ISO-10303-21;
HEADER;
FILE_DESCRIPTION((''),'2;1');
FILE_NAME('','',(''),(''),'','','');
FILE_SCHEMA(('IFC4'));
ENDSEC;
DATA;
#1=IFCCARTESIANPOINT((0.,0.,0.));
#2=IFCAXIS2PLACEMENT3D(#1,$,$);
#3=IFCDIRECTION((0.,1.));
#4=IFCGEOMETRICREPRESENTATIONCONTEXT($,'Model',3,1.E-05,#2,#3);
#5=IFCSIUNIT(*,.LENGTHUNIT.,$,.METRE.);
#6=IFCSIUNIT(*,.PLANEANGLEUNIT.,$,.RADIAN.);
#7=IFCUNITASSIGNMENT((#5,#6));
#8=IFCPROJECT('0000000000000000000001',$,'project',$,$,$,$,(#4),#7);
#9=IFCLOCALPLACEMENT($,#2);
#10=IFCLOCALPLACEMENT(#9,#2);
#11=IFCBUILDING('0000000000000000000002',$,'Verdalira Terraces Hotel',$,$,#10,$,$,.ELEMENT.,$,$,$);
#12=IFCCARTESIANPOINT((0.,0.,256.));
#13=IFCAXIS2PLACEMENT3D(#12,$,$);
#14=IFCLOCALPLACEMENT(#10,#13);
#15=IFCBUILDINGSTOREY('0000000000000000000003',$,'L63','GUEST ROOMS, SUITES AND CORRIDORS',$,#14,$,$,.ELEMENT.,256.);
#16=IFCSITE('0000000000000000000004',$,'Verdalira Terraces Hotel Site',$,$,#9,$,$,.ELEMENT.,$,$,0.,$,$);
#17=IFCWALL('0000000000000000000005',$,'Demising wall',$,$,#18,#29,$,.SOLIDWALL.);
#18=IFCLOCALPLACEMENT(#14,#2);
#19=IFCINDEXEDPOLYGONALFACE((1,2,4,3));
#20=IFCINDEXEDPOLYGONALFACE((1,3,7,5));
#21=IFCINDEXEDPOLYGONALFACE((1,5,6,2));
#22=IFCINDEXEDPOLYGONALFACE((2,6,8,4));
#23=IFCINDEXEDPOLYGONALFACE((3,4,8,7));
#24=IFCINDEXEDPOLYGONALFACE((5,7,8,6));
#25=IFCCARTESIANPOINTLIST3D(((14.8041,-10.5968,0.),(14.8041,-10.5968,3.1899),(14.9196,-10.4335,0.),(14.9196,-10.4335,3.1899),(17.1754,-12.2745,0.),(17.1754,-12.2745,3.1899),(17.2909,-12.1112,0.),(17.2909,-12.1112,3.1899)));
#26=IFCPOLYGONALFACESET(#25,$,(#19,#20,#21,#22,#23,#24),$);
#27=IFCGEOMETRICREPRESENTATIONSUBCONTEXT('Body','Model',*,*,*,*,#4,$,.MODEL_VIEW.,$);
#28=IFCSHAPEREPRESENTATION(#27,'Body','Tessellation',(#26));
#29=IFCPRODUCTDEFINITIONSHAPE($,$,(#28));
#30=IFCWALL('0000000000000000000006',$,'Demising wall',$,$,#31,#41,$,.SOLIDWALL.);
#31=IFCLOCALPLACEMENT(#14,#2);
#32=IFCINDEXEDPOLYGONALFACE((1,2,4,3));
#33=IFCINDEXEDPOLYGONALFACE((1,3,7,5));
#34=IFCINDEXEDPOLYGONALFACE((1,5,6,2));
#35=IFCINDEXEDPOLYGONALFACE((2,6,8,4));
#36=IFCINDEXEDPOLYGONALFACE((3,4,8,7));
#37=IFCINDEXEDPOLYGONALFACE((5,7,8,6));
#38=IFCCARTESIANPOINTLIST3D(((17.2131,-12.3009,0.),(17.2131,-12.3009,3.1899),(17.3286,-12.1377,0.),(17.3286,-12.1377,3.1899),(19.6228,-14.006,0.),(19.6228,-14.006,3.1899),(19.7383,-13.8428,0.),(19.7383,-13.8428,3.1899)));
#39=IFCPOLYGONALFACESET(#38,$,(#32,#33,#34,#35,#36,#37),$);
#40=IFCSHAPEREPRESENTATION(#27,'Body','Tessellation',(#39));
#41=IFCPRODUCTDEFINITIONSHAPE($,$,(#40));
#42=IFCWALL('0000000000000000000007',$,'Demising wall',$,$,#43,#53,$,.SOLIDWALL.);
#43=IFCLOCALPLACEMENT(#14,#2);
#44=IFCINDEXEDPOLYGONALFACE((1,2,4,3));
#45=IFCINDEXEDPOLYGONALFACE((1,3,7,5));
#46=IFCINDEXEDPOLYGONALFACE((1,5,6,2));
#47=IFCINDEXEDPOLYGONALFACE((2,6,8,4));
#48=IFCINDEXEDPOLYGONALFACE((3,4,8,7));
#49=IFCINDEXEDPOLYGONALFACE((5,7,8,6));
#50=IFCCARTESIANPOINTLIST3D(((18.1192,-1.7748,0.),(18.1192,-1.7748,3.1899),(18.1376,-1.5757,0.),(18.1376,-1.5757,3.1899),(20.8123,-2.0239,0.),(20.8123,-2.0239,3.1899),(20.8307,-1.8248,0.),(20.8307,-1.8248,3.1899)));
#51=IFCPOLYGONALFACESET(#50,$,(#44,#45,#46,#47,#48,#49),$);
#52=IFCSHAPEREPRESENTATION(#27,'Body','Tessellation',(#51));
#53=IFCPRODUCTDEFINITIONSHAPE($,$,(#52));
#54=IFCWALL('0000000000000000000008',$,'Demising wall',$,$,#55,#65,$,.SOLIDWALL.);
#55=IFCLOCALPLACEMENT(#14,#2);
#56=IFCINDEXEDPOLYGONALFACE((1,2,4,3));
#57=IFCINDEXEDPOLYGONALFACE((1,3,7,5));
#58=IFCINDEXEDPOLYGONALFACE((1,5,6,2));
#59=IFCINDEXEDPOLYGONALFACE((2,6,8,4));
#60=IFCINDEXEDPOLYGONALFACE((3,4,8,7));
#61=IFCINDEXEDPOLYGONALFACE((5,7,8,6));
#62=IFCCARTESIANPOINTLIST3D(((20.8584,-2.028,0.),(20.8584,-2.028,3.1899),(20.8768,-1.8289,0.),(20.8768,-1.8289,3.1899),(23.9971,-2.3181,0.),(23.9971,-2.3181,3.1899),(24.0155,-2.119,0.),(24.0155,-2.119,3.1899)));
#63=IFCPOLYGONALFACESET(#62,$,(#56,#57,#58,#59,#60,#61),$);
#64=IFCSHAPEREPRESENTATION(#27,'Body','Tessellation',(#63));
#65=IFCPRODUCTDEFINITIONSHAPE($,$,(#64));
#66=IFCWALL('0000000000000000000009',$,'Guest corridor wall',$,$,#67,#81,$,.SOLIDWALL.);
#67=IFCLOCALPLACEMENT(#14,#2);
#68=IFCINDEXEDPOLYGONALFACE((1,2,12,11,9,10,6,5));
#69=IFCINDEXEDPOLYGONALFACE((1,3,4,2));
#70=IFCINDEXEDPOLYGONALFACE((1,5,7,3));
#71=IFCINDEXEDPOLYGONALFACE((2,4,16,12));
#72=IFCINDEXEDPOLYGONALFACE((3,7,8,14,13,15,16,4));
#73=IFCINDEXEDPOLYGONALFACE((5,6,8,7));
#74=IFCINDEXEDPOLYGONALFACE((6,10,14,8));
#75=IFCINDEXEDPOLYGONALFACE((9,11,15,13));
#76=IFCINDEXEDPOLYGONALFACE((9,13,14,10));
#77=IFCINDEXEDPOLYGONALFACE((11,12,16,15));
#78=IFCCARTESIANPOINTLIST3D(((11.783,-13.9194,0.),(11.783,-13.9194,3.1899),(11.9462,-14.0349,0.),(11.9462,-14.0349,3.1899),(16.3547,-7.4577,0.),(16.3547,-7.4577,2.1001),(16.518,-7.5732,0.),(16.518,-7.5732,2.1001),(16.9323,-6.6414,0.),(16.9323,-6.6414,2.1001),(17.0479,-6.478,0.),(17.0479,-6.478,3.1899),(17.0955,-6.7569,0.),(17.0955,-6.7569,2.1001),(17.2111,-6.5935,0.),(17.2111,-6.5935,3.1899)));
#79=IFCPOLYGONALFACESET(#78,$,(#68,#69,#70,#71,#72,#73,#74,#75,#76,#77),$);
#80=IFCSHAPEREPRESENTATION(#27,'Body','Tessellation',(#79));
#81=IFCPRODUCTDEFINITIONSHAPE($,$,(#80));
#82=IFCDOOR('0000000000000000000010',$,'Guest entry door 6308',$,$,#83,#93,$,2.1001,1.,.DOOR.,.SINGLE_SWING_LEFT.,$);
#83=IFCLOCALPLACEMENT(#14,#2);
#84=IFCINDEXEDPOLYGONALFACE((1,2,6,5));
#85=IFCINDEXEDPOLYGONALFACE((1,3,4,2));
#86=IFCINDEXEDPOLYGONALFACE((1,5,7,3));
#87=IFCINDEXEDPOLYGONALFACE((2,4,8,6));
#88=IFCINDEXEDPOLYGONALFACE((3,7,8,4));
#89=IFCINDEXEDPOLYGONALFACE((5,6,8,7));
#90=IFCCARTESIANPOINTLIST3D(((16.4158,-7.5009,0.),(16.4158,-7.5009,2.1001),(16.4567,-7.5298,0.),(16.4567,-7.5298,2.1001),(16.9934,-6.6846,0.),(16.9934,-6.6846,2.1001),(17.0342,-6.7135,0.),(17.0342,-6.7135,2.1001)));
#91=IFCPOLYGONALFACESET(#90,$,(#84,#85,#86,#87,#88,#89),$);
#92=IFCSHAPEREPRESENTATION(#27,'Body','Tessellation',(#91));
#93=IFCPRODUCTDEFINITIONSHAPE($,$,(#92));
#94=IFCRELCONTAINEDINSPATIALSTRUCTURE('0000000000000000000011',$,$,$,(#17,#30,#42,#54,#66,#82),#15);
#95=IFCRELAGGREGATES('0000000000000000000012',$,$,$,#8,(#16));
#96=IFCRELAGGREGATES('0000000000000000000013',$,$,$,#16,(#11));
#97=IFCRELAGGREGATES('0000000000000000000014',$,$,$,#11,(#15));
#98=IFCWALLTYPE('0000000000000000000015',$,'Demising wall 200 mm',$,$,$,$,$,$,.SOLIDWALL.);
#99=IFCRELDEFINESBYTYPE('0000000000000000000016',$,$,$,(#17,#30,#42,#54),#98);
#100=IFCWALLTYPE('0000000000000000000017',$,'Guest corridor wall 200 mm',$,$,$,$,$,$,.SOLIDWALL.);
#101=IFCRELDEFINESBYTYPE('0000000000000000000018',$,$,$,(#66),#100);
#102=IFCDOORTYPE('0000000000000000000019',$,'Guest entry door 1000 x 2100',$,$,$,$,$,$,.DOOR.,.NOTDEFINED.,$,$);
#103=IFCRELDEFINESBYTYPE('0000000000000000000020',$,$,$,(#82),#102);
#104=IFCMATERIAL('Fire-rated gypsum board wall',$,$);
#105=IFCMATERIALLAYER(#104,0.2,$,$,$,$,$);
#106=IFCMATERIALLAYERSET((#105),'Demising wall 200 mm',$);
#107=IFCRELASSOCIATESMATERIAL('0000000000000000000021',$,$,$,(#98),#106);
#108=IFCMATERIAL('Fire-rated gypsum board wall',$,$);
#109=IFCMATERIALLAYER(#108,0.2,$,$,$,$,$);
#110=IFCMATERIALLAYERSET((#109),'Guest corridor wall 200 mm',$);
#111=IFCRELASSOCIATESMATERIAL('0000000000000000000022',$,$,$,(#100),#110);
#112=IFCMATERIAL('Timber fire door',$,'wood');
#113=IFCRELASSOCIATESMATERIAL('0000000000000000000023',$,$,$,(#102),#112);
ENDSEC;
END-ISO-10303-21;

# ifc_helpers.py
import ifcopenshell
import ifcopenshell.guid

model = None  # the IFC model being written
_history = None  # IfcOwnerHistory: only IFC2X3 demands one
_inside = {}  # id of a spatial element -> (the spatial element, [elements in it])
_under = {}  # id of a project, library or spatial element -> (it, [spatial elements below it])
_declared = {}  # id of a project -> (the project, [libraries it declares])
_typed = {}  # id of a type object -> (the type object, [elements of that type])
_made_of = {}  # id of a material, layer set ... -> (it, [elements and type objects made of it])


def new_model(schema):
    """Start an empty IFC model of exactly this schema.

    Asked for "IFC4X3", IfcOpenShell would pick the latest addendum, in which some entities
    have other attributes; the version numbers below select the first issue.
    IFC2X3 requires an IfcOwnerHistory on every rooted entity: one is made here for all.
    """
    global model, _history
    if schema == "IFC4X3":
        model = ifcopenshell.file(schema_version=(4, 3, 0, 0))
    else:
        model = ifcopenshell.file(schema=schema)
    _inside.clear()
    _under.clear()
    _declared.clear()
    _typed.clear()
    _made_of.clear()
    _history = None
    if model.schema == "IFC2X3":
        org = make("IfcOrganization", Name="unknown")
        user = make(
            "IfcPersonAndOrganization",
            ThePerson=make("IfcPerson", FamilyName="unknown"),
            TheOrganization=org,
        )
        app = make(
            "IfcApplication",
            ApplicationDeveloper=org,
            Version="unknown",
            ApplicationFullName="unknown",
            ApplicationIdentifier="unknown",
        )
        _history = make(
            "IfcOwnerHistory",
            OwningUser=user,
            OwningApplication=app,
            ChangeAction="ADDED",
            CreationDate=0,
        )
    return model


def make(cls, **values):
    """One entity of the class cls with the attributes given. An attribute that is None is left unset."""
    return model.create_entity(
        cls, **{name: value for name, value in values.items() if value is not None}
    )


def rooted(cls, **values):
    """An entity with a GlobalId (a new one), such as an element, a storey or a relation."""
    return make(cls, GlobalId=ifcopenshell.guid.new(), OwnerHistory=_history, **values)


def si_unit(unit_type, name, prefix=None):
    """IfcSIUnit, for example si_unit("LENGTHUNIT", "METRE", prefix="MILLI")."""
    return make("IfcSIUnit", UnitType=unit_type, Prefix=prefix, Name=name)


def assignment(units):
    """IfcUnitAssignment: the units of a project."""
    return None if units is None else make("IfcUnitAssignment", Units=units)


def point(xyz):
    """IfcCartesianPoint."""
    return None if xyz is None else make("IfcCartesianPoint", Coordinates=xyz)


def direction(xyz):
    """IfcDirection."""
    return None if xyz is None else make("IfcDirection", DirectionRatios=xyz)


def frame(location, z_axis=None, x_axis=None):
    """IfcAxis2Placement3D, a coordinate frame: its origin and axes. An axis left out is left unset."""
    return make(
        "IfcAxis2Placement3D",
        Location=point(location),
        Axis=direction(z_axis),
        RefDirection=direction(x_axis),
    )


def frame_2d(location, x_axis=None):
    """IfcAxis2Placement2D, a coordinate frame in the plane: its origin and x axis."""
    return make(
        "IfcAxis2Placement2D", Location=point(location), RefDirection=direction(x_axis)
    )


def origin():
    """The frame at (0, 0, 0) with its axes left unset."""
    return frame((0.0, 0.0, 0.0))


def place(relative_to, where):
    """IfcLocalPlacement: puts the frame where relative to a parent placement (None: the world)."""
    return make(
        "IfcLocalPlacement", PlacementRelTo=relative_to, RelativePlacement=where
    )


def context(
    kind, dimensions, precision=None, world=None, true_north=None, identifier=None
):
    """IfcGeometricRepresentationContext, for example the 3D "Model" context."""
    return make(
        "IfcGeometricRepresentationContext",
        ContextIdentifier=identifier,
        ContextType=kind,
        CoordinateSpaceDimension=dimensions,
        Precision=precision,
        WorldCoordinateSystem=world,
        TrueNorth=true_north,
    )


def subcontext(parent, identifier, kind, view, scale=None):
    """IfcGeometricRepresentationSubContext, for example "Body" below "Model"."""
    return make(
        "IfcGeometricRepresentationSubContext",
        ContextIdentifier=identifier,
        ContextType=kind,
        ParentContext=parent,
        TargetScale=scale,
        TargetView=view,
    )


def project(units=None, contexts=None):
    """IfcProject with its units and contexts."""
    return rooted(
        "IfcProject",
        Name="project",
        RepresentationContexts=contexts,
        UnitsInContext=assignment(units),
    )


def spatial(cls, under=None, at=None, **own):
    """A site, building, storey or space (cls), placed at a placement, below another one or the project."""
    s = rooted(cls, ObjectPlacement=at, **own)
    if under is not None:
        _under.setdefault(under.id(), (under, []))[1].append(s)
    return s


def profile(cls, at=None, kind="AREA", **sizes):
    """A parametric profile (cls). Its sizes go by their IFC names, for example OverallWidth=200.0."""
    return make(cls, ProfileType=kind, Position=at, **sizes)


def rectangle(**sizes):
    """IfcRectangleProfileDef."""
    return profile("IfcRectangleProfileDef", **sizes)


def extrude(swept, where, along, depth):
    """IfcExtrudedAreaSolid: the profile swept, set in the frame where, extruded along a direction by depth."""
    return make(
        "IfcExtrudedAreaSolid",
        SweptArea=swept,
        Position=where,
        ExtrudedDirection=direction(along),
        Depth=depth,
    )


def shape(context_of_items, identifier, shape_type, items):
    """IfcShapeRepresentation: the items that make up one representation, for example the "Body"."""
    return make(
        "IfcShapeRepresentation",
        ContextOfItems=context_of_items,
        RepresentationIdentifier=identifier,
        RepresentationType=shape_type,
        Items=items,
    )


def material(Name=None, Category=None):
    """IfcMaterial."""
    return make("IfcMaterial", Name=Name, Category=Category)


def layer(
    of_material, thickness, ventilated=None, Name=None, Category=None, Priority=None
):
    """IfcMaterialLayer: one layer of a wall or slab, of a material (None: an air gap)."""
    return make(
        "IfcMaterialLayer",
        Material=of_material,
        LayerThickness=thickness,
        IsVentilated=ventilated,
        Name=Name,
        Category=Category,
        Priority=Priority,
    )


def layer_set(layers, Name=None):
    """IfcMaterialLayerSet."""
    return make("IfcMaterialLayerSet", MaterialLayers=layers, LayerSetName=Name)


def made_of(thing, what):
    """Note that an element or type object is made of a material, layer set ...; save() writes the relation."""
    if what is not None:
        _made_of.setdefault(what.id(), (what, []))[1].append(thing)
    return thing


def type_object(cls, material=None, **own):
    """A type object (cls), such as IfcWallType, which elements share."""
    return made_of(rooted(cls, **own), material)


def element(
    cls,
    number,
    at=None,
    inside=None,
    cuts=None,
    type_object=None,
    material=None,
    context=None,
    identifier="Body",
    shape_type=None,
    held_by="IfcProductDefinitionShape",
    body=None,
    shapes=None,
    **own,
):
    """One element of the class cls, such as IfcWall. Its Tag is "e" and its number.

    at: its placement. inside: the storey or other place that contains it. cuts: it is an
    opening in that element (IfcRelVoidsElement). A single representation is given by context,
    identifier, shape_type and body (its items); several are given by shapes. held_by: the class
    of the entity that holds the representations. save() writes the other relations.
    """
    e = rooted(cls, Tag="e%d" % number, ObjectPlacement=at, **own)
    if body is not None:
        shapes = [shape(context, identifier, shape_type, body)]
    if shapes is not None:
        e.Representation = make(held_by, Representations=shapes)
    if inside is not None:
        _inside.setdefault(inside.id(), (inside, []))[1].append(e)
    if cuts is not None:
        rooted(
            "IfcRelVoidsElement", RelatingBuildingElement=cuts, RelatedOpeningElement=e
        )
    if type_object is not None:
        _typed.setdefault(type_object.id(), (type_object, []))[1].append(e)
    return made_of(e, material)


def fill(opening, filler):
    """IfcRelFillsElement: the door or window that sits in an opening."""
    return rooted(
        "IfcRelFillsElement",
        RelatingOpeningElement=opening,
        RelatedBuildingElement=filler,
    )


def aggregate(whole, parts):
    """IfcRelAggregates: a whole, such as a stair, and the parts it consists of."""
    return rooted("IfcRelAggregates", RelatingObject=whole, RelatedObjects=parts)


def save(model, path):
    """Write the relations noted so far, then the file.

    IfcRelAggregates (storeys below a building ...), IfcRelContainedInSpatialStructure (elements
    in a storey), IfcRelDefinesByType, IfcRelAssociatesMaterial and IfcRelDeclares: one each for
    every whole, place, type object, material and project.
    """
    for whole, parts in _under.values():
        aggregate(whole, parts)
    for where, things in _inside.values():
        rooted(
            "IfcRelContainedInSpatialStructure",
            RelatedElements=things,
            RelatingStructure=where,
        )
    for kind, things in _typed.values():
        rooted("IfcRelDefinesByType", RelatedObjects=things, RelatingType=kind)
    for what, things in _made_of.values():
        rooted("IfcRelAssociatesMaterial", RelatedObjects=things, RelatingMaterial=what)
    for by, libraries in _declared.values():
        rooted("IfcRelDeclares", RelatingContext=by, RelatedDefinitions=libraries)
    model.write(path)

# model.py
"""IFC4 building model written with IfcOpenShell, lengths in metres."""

from ifc_helpers import new_model, si_unit, direction, frame, frame_2d, origin, place, context, subcontext, project, spatial, rectangle, extrude, material, layer, layer_set, type_object, element, fill, save


model = new_model("IFC4")

# Units and contexts
model_context = context("Model", 3, precision=1e-05, world=origin(), true_north=direction((0.0, 1.0)))
body_context = subcontext(model_context, "Body", "Model", "MODEL_VIEW")
ifc_project = project(units=[si_unit("LENGTHUNIT", "METRE"), si_unit("PLANEANGLEUNIT", "RADIAN")], contexts=[model_context])

# Site, building, storey
site_placement = place(None, origin())
site = spatial("IfcSite", under=ifc_project, at=site_placement, Name="Verdalira Terraces Hotel Site", CompositionType="ELEMENT", RefElevation=0.0)
building_placement = place(site_placement, origin())
building = spatial("IfcBuilding", under=site, at=building_placement, Name="Verdalira Terraces Hotel", CompositionType="ELEMENT")
storey_placement = place(building_placement, frame((0.0, 0.0, 256.0)))
storey = spatial("IfcBuildingStorey", under=building, at=storey_placement, Name="L63", Description="GUEST ROOMS, SUITES AND CORRIDORS", CompositionType="ELEMENT", Elevation=256.0)

# Walls
ifc_material_1 = material(Name="Fire-rated gypsum board wall")
ifc_layer_1 = layer(ifc_material_1, 0.2)
ifc_layer_set_1 = layer_set([ifc_layer_1], Name="Demising wall 200 mm")
wall_type_1 = type_object("IfcWallType", Name="Demising wall 200 mm", PredefinedType="SOLIDWALL", material=ifc_layer_set_1)
wall_1_placement = place(storey_placement, frame((14.8618, -10.5151, 0.0), z_axis=(0.0, 0.0, 1.0), x_axis=(0.816343, -0.577567, 0.0)))
element("IfcWall", 1, at=wall_1_placement, inside=storey, type_object=wall_type_1, Name="Demising wall", PredefinedType="SOLIDWALL", context=body_context, shape_type="SweptSolid", body=[
    extrude(rectangle(XDim=2.9048, YDim=0.2, at=frame_2d((1.4524, 0.0))), origin(), (0.0, 0.0, 1.0), 3.1899),
])
wall_2_placement = place(storey_placement, frame((17.2708, -12.2192, 0.0), z_axis=(0.0, 0.0, 1.0), x_axis=(0.816307, -0.577618, 0.0)))
element("IfcWall", 2, at=wall_2_placement, inside=storey, type_object=wall_type_1, Name="Demising wall", PredefinedType="SOLIDWALL", context=body_context, shape_type="SweptSolid", body=[
    extrude(rectangle(XDim=2.9519, YDim=0.2, at=frame_2d((1.4761, 0.0))), origin(), (0.0, 0.0, 1.0), 3.1899),
])
wall_3_placement = place(storey_placement, frame((18.1284, -1.6753, 0.0), z_axis=(0.0, 0.0, 1.0), x_axis=(0.995752, -0.092074, 0.0)))
element("IfcWall", 3, at=wall_3_placement, inside=storey, type_object=wall_type_1, Name="Demising wall", PredefinedType="SOLIDWALL", context=body_context, shape_type="SweptSolid", body=[
    extrude(rectangle(XDim=2.7046, YDim=0.2, at=frame_2d((1.3523, 0.0))), origin(), (0.0, 0.0, 1.0), 3.1899),
])
wall_4_placement = place(storey_placement, frame((20.8674, -1.9285, 0.0), z_axis=(0.0, 0.0, 1.0), x_axis=(0.995758, -0.092016, 0.0)))
element("IfcWall", 4, at=wall_4_placement, inside=storey, type_object=wall_type_1, Name="Demising wall", PredefinedType="SOLIDWALL", context=body_context, shape_type="SweptSolid", body=[
    extrude(rectangle(XDim=3.1521, YDim=0.2, at=frame_2d((1.5762, 0.0))), origin(), (0.0, 0.0, 1.0), 3.1899),
])

# Wall, opening, door
ifc_material_2 = material(Name="Fire-rated gypsum board wall")
ifc_layer_2 = layer(ifc_material_2, 0.2)
ifc_layer_set_2 = layer_set([ifc_layer_2], Name="Guest corridor wall 200 mm")
wall_type_2 = type_object("IfcWallType", Name="Guest corridor wall 200 mm", PredefinedType="SOLIDWALL", material=ifc_layer_set_2)
wall_5_placement = place(storey_placement, frame((17.1294, -6.5359, 0.0), z_axis=(0.0, 0.0, 1.0), x_axis=(-0.577571, -0.81634, 0.0)))
wall_5 = element("IfcWall", 5, at=wall_5_placement, inside=storey, type_object=wall_type_2, Name="Guest corridor wall", PredefinedType="SOLIDWALL", context=body_context, shape_type="SweptSolid", body=[
    extrude(rectangle(XDim=9.1155, YDim=0.2, at=frame_2d((4.5576, 0.0))), origin(), (0.0, 0.0, 1.0), 3.1899),
])
opening_1_placement = place(wall_5_placement, frame((0.2, 0.0, 0.0)))
opening_1 = element("IfcOpeningElement", 6, at=opening_1_placement, cuts=wall_5, PredefinedType="OPENING", context=body_context, shape_type="SweptSolid", body=[
    extrude(rectangle(XDim=1.0, YDim=2.1001, at=frame_2d((0.5, 1.05))), frame((0.0, 0.1099, 0.0), z_axis=(0.0, -1.0, 0.0), x_axis=(1.0, 0.0, 0.0)), (0.0, 0.0, 1.0), 0.22),
])
ifc_material_3 = material(Name="Timber fire door", Category="wood")
door_type_1 = type_object("IfcDoorType", Name="Guest entry door 1000 x 2100", OperationType="NOTDEFINED", PredefinedType="DOOR", material=ifc_material_3)
door_1_placement = place(opening_1_placement, origin())
door_1 = element("IfcDoor", 7, at=door_1_placement, inside=storey, type_object=door_type_1, Name="Guest entry door 6308", OperationType="SINGLE_SWING_LEFT", OverallHeight=2.1001, OverallWidth=1.0, PredefinedType="DOOR", context=body_context, shape_type="SweptSolid", body=[
    extrude(rectangle(XDim=1.0, YDim=2.1001, at=frame_2d((0.5, 1.05))), frame((0.0, 0.0249, 0.0), z_axis=(0.0, -1.0, 0.0), x_axis=(1.0, 0.0, 0.0)), (0.0, 0.0, 1.0), 0.05),
])
fill(opening_1, door_1)

save(model, "model.ifc")
